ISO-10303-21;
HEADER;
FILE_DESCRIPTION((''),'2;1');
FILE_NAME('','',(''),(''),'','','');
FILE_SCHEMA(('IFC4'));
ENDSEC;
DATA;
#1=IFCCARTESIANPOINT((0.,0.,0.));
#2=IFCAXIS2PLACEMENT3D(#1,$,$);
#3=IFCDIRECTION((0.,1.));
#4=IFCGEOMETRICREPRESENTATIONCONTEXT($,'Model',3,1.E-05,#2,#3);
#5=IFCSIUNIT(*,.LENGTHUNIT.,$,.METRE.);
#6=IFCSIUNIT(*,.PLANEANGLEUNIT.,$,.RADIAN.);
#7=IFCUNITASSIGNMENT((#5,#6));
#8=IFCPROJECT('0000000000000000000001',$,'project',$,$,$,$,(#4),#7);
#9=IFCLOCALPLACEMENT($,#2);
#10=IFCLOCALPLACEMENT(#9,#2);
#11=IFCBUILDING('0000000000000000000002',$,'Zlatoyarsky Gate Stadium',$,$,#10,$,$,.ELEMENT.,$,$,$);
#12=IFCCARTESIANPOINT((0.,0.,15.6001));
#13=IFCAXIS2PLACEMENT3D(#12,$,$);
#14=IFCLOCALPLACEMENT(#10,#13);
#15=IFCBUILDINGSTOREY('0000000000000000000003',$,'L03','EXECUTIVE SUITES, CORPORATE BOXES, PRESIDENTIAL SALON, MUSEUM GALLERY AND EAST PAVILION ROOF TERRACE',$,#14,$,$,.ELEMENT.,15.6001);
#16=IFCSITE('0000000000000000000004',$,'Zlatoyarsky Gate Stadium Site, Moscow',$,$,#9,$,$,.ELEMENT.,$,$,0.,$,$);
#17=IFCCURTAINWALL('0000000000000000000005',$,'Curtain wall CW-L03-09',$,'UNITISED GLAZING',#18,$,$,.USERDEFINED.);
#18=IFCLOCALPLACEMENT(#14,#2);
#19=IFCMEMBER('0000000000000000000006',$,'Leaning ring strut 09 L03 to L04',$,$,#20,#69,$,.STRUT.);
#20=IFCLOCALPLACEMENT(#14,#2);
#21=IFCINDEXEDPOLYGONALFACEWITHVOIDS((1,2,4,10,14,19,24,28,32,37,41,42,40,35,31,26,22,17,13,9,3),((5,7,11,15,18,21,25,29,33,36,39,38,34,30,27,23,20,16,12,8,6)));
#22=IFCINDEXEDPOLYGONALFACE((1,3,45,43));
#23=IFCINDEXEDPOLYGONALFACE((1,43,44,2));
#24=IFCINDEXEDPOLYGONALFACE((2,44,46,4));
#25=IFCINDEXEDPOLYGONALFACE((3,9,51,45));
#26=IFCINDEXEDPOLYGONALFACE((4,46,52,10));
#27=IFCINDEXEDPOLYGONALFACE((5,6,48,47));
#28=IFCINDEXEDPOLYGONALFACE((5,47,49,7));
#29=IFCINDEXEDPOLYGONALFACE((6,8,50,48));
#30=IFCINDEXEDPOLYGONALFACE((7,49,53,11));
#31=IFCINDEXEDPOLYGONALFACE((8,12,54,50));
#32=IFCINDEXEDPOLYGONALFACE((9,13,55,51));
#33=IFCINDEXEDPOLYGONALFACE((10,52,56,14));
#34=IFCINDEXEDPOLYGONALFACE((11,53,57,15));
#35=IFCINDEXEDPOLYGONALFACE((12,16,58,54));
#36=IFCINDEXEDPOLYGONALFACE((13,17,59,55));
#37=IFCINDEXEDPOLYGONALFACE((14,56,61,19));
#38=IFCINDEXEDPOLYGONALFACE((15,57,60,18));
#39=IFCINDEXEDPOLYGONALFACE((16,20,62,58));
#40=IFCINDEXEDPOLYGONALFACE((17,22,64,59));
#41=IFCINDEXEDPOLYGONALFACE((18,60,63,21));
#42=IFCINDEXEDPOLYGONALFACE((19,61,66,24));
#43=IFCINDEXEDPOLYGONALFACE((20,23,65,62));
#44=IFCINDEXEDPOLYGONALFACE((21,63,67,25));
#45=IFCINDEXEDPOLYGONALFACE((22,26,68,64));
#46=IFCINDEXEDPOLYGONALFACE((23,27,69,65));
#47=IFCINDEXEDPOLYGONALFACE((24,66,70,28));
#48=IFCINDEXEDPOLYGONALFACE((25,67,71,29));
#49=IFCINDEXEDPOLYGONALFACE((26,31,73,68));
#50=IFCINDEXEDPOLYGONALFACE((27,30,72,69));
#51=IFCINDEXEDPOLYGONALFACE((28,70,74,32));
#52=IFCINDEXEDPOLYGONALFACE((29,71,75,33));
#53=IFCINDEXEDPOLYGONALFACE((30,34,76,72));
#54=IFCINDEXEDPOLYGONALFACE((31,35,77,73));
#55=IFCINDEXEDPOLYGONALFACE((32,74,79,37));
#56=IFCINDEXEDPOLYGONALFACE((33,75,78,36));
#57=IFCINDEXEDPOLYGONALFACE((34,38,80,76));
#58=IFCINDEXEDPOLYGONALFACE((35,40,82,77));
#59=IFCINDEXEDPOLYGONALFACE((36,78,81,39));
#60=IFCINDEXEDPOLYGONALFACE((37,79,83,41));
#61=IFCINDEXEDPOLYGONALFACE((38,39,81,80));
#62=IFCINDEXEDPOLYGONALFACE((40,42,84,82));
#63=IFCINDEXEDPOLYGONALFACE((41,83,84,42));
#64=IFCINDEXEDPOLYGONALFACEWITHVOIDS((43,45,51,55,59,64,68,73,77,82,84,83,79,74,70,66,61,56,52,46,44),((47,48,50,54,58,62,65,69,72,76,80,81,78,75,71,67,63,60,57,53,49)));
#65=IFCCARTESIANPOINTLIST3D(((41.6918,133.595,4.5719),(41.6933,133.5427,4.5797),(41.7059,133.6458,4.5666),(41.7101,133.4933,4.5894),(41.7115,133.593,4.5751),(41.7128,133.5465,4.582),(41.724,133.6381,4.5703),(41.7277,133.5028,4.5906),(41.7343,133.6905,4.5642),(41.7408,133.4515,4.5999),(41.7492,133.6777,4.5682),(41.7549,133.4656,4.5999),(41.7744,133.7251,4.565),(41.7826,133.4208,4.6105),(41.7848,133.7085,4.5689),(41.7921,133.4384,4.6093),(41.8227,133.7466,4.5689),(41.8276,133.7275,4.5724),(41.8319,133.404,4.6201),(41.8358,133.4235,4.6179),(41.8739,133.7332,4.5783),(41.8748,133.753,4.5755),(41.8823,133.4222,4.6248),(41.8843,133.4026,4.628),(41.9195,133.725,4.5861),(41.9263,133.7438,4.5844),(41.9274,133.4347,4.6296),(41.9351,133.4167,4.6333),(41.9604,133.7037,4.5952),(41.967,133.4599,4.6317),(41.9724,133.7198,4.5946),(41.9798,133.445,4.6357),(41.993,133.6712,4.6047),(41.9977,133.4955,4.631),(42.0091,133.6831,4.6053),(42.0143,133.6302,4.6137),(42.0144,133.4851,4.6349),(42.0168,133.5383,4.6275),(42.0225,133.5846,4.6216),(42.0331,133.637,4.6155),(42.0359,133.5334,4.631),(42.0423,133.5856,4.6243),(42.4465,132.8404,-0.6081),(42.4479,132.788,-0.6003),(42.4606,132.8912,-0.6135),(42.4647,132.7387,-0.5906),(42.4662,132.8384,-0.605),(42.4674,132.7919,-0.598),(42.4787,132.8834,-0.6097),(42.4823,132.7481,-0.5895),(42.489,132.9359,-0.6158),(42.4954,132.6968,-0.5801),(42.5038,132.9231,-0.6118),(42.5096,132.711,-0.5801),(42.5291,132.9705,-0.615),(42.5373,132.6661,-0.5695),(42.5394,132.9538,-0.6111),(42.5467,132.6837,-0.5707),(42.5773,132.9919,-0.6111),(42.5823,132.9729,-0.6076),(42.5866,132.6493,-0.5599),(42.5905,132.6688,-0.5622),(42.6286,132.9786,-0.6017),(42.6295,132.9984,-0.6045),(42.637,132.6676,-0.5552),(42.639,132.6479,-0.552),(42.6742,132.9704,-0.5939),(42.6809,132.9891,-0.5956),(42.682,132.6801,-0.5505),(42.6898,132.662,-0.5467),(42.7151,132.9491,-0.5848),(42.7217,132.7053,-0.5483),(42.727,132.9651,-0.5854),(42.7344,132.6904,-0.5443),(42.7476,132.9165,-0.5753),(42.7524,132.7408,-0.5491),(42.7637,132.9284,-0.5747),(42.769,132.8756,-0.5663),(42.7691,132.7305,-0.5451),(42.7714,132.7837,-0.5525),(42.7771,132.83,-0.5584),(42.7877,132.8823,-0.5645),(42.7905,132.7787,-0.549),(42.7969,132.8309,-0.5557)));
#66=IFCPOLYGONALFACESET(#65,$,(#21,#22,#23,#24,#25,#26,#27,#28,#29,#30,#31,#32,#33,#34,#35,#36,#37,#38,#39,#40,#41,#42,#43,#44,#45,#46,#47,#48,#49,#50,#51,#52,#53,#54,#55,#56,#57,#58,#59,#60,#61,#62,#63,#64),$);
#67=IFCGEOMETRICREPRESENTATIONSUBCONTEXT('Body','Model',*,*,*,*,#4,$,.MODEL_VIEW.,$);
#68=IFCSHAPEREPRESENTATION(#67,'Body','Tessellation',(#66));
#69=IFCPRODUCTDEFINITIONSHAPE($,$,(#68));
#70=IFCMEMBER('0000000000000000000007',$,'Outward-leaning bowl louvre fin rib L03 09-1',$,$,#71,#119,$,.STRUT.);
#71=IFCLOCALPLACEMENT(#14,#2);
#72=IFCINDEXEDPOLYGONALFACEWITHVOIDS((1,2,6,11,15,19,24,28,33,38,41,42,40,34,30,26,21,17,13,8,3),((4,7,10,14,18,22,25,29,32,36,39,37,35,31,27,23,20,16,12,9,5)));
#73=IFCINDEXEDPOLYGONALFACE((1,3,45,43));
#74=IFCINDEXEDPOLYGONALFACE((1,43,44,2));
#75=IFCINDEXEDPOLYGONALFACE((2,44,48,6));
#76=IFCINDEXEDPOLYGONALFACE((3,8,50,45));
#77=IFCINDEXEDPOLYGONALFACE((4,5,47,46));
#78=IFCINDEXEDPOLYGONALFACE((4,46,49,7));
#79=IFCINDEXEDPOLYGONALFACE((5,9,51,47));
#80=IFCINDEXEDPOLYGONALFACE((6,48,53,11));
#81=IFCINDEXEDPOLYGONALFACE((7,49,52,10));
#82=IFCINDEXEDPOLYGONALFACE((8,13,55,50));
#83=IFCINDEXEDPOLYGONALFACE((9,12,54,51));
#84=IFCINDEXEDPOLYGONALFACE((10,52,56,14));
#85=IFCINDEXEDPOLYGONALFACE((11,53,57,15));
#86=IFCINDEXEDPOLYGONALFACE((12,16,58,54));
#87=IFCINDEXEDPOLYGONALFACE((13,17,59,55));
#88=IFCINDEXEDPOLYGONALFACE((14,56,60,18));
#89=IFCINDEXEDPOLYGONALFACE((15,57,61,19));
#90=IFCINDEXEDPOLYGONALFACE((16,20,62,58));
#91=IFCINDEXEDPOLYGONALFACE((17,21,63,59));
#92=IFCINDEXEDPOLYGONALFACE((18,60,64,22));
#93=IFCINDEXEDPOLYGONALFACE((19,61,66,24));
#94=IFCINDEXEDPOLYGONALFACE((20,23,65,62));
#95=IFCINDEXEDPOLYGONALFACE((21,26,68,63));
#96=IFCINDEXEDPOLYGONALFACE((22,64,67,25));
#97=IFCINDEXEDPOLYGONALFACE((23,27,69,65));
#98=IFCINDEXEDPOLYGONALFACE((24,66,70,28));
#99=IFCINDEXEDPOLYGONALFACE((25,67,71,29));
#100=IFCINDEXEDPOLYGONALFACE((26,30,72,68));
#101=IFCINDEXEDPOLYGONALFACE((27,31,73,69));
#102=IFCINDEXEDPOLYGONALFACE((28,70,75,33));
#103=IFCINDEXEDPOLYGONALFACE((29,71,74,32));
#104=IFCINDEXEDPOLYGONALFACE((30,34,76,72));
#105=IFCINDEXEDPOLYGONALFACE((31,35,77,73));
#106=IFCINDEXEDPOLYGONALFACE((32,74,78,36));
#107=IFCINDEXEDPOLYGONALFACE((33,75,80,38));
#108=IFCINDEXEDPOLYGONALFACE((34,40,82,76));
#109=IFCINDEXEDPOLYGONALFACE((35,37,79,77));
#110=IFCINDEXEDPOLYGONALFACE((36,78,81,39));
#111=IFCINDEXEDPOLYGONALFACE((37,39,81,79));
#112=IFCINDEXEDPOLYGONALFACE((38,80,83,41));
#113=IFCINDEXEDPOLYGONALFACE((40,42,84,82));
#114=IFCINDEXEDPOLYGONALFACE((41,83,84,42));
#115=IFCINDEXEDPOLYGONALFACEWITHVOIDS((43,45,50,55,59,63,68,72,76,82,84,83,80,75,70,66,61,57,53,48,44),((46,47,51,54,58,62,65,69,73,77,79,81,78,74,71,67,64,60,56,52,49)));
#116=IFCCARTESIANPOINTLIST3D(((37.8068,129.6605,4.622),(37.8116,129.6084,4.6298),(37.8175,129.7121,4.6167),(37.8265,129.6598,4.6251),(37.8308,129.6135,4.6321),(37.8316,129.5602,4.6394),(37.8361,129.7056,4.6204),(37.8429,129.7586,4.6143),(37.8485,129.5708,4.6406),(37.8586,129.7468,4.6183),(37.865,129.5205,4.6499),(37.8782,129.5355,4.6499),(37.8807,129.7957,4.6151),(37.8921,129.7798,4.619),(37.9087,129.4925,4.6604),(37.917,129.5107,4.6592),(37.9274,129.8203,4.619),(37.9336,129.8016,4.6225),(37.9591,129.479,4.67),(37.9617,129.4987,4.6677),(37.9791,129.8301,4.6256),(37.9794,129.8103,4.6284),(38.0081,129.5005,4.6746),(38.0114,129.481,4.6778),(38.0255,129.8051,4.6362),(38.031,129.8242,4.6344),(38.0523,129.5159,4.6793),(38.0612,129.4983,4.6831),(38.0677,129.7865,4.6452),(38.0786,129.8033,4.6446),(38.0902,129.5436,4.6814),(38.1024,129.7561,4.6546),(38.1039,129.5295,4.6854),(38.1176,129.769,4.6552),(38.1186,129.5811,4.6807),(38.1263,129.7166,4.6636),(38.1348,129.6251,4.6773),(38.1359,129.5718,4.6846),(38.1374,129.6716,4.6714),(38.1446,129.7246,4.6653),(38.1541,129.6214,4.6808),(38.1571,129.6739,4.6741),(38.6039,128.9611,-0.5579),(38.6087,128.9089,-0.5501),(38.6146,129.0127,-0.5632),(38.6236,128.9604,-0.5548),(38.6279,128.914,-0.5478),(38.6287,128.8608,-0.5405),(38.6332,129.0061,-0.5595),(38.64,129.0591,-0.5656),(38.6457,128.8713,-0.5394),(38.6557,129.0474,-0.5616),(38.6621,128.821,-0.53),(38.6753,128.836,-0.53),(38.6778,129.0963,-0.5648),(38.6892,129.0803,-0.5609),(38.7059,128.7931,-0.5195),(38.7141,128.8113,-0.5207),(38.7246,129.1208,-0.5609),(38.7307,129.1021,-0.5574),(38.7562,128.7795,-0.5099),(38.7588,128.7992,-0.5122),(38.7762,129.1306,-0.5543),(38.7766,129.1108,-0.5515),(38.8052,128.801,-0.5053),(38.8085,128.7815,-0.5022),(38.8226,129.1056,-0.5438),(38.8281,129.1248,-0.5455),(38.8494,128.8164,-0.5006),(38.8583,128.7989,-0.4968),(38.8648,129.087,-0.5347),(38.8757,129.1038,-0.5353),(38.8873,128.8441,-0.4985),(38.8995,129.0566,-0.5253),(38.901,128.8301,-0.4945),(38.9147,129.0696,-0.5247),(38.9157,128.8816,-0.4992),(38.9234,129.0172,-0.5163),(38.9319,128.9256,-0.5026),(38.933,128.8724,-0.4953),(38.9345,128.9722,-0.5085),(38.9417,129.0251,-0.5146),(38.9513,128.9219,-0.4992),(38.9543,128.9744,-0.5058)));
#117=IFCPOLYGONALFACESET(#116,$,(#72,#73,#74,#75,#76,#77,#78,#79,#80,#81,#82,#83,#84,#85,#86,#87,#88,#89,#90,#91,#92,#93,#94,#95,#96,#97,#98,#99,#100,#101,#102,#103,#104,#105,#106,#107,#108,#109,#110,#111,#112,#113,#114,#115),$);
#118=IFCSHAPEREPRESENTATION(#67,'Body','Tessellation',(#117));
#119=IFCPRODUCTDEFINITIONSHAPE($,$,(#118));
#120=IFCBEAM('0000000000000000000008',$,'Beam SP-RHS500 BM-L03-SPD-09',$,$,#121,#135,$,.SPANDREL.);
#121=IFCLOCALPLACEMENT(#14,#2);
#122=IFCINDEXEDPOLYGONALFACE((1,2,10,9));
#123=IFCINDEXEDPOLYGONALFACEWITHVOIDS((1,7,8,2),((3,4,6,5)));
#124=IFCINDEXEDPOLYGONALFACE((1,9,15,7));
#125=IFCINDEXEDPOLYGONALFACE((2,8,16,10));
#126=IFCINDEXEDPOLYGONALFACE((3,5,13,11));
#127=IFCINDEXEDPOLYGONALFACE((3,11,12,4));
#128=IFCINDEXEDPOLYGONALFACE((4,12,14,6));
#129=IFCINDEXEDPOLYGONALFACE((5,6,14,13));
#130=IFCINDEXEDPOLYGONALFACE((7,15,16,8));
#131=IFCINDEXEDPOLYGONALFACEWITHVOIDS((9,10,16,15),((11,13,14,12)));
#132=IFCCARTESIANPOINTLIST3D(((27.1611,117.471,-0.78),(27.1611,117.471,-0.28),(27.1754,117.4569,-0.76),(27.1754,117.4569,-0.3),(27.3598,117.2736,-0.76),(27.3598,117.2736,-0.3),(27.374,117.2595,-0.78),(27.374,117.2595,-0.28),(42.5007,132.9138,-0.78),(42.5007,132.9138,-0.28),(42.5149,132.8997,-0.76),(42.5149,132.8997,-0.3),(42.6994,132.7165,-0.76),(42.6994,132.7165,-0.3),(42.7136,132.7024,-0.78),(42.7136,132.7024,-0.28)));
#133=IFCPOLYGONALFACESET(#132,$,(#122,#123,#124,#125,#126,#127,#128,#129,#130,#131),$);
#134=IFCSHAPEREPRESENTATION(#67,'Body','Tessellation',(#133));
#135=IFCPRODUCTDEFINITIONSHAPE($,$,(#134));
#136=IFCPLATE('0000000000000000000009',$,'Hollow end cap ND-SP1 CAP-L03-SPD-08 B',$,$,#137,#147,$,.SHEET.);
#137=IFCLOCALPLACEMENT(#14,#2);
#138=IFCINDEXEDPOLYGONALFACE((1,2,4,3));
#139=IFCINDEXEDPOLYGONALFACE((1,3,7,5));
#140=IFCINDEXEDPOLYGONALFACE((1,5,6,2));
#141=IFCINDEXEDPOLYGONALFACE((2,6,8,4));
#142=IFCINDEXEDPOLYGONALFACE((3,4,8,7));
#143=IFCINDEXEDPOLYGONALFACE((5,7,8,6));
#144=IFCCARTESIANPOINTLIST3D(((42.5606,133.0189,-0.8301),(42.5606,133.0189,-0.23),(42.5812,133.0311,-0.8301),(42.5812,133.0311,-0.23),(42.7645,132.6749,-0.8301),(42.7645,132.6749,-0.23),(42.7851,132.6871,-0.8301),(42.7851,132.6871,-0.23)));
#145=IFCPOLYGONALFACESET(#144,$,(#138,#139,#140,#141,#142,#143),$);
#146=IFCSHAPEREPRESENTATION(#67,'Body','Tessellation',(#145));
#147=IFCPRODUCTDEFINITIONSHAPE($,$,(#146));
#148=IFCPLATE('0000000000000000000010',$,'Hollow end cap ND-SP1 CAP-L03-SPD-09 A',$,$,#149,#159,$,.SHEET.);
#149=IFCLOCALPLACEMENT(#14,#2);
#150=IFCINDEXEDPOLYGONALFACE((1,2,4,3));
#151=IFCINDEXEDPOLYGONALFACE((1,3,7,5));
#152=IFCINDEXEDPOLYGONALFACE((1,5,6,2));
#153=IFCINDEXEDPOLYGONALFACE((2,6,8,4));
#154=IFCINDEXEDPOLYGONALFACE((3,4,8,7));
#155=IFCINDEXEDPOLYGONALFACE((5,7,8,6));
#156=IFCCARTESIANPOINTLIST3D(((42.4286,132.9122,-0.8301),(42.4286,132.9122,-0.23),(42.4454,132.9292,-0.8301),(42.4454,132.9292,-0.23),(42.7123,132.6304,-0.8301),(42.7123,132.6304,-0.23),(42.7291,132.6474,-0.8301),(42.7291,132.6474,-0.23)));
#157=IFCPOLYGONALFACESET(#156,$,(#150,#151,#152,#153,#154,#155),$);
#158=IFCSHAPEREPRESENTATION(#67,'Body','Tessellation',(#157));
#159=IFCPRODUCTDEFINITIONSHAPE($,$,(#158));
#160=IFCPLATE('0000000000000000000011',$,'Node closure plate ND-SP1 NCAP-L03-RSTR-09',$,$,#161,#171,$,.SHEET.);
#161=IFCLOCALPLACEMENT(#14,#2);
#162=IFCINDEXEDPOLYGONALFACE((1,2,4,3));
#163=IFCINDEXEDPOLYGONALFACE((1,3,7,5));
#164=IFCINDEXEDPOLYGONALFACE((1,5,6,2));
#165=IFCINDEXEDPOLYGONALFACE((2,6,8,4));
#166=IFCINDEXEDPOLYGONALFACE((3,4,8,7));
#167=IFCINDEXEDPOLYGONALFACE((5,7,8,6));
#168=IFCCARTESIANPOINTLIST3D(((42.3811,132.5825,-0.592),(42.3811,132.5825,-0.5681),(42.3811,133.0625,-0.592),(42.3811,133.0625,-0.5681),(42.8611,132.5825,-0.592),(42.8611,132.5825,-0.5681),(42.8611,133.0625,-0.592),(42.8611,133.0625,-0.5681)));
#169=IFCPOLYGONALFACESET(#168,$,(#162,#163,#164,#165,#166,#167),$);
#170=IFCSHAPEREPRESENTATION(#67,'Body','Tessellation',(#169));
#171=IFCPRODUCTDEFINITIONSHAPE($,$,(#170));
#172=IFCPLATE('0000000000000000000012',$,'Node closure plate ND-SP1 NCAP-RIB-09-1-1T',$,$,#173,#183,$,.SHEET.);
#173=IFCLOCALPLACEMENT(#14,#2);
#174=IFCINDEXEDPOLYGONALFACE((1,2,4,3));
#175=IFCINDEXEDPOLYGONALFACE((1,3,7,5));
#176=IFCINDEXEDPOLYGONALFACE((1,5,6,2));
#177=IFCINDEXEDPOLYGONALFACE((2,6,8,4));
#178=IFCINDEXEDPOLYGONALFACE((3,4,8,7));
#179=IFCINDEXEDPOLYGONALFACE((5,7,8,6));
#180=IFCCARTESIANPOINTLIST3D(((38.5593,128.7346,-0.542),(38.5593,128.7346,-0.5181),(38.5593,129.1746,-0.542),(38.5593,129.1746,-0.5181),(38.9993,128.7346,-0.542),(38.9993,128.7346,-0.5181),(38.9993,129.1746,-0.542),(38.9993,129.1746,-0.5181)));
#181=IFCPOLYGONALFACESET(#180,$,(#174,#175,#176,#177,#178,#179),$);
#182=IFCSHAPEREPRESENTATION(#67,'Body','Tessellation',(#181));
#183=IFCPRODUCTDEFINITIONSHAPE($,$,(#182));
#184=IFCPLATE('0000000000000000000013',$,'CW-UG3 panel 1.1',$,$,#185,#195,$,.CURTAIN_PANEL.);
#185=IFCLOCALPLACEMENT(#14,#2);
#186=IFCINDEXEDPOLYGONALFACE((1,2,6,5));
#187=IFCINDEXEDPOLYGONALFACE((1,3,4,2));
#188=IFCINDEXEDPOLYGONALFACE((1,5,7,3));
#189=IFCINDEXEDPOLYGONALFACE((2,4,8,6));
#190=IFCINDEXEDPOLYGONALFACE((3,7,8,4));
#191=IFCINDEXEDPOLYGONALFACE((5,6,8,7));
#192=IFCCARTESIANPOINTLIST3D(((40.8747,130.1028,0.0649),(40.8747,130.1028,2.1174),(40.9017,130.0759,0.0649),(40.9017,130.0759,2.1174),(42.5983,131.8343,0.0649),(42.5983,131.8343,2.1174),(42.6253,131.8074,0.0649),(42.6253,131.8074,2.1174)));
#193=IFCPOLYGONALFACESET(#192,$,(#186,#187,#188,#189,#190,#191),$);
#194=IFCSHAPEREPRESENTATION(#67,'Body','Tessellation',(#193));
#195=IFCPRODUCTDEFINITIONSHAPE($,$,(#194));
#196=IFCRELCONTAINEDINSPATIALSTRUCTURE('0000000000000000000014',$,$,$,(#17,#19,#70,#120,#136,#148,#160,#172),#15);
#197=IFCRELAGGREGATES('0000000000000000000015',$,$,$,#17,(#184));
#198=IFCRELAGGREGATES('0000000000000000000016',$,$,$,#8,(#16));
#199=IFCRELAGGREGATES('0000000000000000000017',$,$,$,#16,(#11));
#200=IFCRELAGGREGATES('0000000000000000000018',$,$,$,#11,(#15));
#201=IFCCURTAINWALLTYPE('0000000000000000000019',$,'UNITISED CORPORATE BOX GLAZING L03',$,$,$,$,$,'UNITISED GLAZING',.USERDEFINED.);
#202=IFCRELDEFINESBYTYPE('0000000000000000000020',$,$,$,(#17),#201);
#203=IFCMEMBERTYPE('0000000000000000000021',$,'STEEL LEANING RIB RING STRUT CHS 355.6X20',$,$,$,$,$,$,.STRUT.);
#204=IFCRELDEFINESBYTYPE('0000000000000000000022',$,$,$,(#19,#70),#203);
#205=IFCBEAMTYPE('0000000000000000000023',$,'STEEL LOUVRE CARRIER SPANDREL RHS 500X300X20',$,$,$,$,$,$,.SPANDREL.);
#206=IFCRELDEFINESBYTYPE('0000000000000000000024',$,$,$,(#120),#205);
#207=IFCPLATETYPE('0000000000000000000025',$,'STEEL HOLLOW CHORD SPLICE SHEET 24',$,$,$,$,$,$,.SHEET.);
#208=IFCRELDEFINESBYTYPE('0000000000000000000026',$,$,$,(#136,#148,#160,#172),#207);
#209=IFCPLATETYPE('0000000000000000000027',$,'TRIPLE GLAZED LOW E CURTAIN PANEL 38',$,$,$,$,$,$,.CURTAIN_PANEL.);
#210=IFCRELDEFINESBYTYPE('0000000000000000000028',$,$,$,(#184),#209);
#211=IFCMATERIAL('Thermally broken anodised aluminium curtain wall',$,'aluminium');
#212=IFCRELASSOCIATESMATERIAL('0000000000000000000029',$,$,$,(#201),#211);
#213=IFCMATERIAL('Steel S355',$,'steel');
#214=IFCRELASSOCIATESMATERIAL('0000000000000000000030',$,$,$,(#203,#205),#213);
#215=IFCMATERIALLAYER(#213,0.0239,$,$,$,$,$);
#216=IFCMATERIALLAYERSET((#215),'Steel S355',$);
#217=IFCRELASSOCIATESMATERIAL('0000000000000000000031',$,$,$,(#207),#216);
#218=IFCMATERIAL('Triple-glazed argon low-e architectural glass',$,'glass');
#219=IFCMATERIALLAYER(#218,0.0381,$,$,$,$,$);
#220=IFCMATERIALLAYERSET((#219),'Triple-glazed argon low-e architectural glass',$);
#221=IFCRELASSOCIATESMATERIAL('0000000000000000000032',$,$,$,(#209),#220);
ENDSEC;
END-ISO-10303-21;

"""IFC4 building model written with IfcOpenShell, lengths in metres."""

from ifc_helpers import new_model, si_unit, direction, frame, origin, origin_2d, place, context, subcontext, project, spatial, rectangle, hollow_rectangle, hollow_circle, extrude, material, layer, layer_set, material_profile, profile_set, type_object, element, aggregate, save


model = new_model("IFC4")

# Units and contexts
model_context = context("Model", 3, precision=1e-05, world=origin(), true_north=direction((0.0, 1.0)))
body_context = subcontext(model_context, "Body", "Model", "MODEL_VIEW")
ifc_project = project(units=[si_unit("LENGTHUNIT", "METRE"), si_unit("PLANEANGLEUNIT", "RADIAN")], contexts=[model_context])

# Site, building, storey
site_placement = place(None, origin())
site = spatial("IfcSite", under=ifc_project, at=site_placement, Name="Zlatoyarsky Gate Stadium Site, Moscow", CompositionType="ELEMENT", RefElevation=0.0)
building_placement = place(site_placement, origin())
building = spatial("IfcBuilding", under=site, at=building_placement, Name="Zlatoyarsky Gate Stadium", CompositionType="ELEMENT")
storey_placement = place(building_placement, frame((0.0, 0.0, 15.6001)))
storey = spatial("IfcBuildingStorey", under=building, at=storey_placement, Name="L03", Description="EXECUTIVE SUITES, CORPORATE BOXES, PRESIDENTIAL SALON, MUSEUM GALLERY AND EAST PAVILION ROOF TERRACE", CompositionType="ELEMENT", Elevation=15.6001)

# Curtain wall
ifc_material_1 = material(Name="Thermally broken anodised aluminium curtain wall", Category="aluminium")
curtain_wall_type = type_object("IfcCurtainWallType", Name="UNITISED CORPORATE BOX GLAZING L03", ElementType="UNITISED GLAZING", PredefinedType="USERDEFINED", material=ifc_material_1)
curtain_wall_placement = place(storey_placement, origin())
curtain_wall = element("IfcCurtainWall", 1, at=curtain_wall_placement, inside=storey, type_object=curtain_wall_type, Name="Curtain wall CW-L03-09", ObjectType="UNITISED GLAZING", PredefinedType="USERDEFINED")

# Members
ifc_material_2 = material(Name="Steel S355", Category="steel")
ifc_material_profile_1 = material_profile(ifc_material_2, hollow_circle(Radius=0.1777, WallThickness=0.02, at=origin_2d()), Name="CHS 355.6X20")
ifc_profile_set_1 = profile_set([ifc_material_profile_1], Name="Steel S355")
member_type_1 = type_object("IfcMemberType", Name="STEEL LEANING RIB RING STRUT CHS 355.6X20", PredefinedType="STRUT", material=ifc_profile_set_1)
member_1_placement = place(storey_placement, frame((42.6211, 132.8225, -0.5801), z_axis=(-0.142688, 0.142688, 0.979429), x_axis=(-0.707107, -0.707107, 0.0)))
element("IfcMember", 2, at=member_1_placement, inside=storey, type_object=member_type_1, Name="Leaning ring strut 09 L03 to L04", PredefinedType="STRUT", context=body_context, shape_type="SweptSolid", body=[
    extrude(hollow_circle(Radius=0.1777, WallThickness=0.02, at=origin_2d()), origin(), (0.0, 0.0, 1.0), 5.2888),
])
member_2_placement = place(storey_placement, frame((38.7793, 128.9546, -0.53), z_axis=(-0.150759, 0.132289, 0.979679), x_axis=(-0.659563, -0.751649, 0.0)))
element("IfcMember", 3, at=member_2_placement, inside=storey, type_object=member_type_1, Name="Outward-leaning bowl louvre fin rib L03 09-1", PredefinedType="STRUT", context=body_context, shape_type="SweptSolid", body=[
    extrude(hollow_circle(Radius=0.1777, WallThickness=0.02, at=origin_2d()), origin(), (0.0, 0.0, 1.0), 5.2874),
])

# Beam
ifc_material_profile_2 = material_profile(ifc_material_2, hollow_rectangle(XDim=0.3, YDim=0.5, WallThickness=0.02, at=origin_2d()), Name="RHS 500X300X20")
ifc_profile_set_2 = profile_set([ifc_material_profile_2], Name="Steel S355")
beam_type = type_object("IfcBeamType", Name="STEEL LOUVRE CARRIER SPANDREL RHS 500X300X20", PredefinedType="SPANDREL", material=ifc_profile_set_2)
beam_placement = place(storey_placement, frame((42.6072, 132.8081, -0.53), z_axis=(-0.704731, -0.709475, 0.0), x_axis=(0.709475, -0.704731, 0.0)))
element("IfcBeam", 4, at=beam_placement, inside=storey, type_object=beam_type, Name="Beam SP-RHS500 BM-L03-SPD-09", PredefinedType="SPANDREL", context=body_context, shape_type="SweptSolid", body=[
    extrude(hollow_rectangle(XDim=0.3, YDim=0.5, WallThickness=0.02, at=origin_2d()), origin(), (0.0, 0.0, 1.0), 21.7666),
])

# Plates
ifc_layer_1 = layer(ifc_material_2, 0.0239)
ifc_layer_set_1 = layer_set([ifc_layer_1], Name="Steel S355")
plate_type_1 = type_object("IfcPlateType", Name="STEEL HOLLOW CHORD SPLICE SHEET 24", PredefinedType="SHEET", material=ifc_layer_set_1)
for number, where, z_axis, x_axis, name in (
    (5, (42.6729, 132.853, -0.8301), (0.0, 0.0, 1.0), (-0.860229, -0.509908, 0.0), "Hollow end cap ND-SP1 CAP-L03-SPD-08 B"),
    (6, (42.5789, 132.7798, -0.8301), (0.0, 0.0, 1.0), (-0.70473, -0.709476, 0.0), "Hollow end cap ND-SP1 CAP-L03-SPD-09 A"),
):
    element("IfcPlate", number, at=place(storey_placement, frame(where, z_axis=z_axis, x_axis=x_axis)), inside=storey, type_object=plate_type_1, Name=name, PredefinedType="SHEET", context=body_context, shape_type="SweptSolid", body=[
        extrude(rectangle(XDim=0.0239, YDim=0.3999, at=origin_2d()), origin(), (0.0, 0.0, 1.0), 0.6001),
    ])
plate_1_placement = place(storey_placement, frame((42.6211, 132.8225, -0.592), z_axis=(0.0, 0.0, 1.0), x_axis=(1.0, 0.0, 0.0)))
element("IfcPlate", 7, at=plate_1_placement, inside=storey, type_object=plate_type_1, Name="Node closure plate ND-SP1 NCAP-L03-RSTR-09", PredefinedType="SHEET", context=body_context, shape_type="SweptSolid", body=[
    extrude(rectangle(XDim=0.48, YDim=0.48, at=origin_2d()), origin(), (0.0, 0.0, 1.0), 0.0239),
])
plate_2_placement = place(storey_placement, frame((38.7793, 128.9546, -0.542), z_axis=(0.0, 0.0, 1.0), x_axis=(1.0, 0.0, 0.0)))
element("IfcPlate", 8, at=plate_2_placement, inside=storey, type_object=plate_type_1, Name="Node closure plate ND-SP1 NCAP-RIB-09-1-1T", PredefinedType="SHEET", context=body_context, shape_type="SweptSolid", body=[
    extrude(rectangle(XDim=0.4399, YDim=0.4399, at=origin_2d()), origin(), (0.0, 0.0, 1.0), 0.0239),
])

# Plate
ifc_material_3 = material(Name="Triple-glazed argon low-e architectural glass", Category="glass")
ifc_layer_2 = layer(ifc_material_3, 0.0381)
ifc_layer_set_2 = layer_set([ifc_layer_2], Name="Triple-glazed argon low-e architectural glass")
plate_type_2 = type_object("IfcPlateType", Name="TRIPLE GLAZED LOW E CURTAIN PANEL 38", PredefinedType="CURTAIN_PANEL", material=ifc_layer_set_2)
plate_3_placement = place(storey_placement, frame((41.75, 130.9551, 0.0649), z_axis=(0.0, 0.0, 1.0), x_axis=(-0.705489, -0.708721, 0.0)))
plate_3 = element("IfcPlate", 9, at=plate_3_placement, type_object=plate_type_2, Name="CW-UG3 panel 1.1", PredefinedType="CURTAIN_PANEL", context=body_context, shape_type="SweptSolid", body=[
    extrude(rectangle(XDim=2.4431, YDim=0.0381, at=origin_2d()), origin(), (0.0, 0.0, 1.0), 2.0525),
])
aggregate(curtain_wall, [plate_3])

save(model, "model.ifc")
